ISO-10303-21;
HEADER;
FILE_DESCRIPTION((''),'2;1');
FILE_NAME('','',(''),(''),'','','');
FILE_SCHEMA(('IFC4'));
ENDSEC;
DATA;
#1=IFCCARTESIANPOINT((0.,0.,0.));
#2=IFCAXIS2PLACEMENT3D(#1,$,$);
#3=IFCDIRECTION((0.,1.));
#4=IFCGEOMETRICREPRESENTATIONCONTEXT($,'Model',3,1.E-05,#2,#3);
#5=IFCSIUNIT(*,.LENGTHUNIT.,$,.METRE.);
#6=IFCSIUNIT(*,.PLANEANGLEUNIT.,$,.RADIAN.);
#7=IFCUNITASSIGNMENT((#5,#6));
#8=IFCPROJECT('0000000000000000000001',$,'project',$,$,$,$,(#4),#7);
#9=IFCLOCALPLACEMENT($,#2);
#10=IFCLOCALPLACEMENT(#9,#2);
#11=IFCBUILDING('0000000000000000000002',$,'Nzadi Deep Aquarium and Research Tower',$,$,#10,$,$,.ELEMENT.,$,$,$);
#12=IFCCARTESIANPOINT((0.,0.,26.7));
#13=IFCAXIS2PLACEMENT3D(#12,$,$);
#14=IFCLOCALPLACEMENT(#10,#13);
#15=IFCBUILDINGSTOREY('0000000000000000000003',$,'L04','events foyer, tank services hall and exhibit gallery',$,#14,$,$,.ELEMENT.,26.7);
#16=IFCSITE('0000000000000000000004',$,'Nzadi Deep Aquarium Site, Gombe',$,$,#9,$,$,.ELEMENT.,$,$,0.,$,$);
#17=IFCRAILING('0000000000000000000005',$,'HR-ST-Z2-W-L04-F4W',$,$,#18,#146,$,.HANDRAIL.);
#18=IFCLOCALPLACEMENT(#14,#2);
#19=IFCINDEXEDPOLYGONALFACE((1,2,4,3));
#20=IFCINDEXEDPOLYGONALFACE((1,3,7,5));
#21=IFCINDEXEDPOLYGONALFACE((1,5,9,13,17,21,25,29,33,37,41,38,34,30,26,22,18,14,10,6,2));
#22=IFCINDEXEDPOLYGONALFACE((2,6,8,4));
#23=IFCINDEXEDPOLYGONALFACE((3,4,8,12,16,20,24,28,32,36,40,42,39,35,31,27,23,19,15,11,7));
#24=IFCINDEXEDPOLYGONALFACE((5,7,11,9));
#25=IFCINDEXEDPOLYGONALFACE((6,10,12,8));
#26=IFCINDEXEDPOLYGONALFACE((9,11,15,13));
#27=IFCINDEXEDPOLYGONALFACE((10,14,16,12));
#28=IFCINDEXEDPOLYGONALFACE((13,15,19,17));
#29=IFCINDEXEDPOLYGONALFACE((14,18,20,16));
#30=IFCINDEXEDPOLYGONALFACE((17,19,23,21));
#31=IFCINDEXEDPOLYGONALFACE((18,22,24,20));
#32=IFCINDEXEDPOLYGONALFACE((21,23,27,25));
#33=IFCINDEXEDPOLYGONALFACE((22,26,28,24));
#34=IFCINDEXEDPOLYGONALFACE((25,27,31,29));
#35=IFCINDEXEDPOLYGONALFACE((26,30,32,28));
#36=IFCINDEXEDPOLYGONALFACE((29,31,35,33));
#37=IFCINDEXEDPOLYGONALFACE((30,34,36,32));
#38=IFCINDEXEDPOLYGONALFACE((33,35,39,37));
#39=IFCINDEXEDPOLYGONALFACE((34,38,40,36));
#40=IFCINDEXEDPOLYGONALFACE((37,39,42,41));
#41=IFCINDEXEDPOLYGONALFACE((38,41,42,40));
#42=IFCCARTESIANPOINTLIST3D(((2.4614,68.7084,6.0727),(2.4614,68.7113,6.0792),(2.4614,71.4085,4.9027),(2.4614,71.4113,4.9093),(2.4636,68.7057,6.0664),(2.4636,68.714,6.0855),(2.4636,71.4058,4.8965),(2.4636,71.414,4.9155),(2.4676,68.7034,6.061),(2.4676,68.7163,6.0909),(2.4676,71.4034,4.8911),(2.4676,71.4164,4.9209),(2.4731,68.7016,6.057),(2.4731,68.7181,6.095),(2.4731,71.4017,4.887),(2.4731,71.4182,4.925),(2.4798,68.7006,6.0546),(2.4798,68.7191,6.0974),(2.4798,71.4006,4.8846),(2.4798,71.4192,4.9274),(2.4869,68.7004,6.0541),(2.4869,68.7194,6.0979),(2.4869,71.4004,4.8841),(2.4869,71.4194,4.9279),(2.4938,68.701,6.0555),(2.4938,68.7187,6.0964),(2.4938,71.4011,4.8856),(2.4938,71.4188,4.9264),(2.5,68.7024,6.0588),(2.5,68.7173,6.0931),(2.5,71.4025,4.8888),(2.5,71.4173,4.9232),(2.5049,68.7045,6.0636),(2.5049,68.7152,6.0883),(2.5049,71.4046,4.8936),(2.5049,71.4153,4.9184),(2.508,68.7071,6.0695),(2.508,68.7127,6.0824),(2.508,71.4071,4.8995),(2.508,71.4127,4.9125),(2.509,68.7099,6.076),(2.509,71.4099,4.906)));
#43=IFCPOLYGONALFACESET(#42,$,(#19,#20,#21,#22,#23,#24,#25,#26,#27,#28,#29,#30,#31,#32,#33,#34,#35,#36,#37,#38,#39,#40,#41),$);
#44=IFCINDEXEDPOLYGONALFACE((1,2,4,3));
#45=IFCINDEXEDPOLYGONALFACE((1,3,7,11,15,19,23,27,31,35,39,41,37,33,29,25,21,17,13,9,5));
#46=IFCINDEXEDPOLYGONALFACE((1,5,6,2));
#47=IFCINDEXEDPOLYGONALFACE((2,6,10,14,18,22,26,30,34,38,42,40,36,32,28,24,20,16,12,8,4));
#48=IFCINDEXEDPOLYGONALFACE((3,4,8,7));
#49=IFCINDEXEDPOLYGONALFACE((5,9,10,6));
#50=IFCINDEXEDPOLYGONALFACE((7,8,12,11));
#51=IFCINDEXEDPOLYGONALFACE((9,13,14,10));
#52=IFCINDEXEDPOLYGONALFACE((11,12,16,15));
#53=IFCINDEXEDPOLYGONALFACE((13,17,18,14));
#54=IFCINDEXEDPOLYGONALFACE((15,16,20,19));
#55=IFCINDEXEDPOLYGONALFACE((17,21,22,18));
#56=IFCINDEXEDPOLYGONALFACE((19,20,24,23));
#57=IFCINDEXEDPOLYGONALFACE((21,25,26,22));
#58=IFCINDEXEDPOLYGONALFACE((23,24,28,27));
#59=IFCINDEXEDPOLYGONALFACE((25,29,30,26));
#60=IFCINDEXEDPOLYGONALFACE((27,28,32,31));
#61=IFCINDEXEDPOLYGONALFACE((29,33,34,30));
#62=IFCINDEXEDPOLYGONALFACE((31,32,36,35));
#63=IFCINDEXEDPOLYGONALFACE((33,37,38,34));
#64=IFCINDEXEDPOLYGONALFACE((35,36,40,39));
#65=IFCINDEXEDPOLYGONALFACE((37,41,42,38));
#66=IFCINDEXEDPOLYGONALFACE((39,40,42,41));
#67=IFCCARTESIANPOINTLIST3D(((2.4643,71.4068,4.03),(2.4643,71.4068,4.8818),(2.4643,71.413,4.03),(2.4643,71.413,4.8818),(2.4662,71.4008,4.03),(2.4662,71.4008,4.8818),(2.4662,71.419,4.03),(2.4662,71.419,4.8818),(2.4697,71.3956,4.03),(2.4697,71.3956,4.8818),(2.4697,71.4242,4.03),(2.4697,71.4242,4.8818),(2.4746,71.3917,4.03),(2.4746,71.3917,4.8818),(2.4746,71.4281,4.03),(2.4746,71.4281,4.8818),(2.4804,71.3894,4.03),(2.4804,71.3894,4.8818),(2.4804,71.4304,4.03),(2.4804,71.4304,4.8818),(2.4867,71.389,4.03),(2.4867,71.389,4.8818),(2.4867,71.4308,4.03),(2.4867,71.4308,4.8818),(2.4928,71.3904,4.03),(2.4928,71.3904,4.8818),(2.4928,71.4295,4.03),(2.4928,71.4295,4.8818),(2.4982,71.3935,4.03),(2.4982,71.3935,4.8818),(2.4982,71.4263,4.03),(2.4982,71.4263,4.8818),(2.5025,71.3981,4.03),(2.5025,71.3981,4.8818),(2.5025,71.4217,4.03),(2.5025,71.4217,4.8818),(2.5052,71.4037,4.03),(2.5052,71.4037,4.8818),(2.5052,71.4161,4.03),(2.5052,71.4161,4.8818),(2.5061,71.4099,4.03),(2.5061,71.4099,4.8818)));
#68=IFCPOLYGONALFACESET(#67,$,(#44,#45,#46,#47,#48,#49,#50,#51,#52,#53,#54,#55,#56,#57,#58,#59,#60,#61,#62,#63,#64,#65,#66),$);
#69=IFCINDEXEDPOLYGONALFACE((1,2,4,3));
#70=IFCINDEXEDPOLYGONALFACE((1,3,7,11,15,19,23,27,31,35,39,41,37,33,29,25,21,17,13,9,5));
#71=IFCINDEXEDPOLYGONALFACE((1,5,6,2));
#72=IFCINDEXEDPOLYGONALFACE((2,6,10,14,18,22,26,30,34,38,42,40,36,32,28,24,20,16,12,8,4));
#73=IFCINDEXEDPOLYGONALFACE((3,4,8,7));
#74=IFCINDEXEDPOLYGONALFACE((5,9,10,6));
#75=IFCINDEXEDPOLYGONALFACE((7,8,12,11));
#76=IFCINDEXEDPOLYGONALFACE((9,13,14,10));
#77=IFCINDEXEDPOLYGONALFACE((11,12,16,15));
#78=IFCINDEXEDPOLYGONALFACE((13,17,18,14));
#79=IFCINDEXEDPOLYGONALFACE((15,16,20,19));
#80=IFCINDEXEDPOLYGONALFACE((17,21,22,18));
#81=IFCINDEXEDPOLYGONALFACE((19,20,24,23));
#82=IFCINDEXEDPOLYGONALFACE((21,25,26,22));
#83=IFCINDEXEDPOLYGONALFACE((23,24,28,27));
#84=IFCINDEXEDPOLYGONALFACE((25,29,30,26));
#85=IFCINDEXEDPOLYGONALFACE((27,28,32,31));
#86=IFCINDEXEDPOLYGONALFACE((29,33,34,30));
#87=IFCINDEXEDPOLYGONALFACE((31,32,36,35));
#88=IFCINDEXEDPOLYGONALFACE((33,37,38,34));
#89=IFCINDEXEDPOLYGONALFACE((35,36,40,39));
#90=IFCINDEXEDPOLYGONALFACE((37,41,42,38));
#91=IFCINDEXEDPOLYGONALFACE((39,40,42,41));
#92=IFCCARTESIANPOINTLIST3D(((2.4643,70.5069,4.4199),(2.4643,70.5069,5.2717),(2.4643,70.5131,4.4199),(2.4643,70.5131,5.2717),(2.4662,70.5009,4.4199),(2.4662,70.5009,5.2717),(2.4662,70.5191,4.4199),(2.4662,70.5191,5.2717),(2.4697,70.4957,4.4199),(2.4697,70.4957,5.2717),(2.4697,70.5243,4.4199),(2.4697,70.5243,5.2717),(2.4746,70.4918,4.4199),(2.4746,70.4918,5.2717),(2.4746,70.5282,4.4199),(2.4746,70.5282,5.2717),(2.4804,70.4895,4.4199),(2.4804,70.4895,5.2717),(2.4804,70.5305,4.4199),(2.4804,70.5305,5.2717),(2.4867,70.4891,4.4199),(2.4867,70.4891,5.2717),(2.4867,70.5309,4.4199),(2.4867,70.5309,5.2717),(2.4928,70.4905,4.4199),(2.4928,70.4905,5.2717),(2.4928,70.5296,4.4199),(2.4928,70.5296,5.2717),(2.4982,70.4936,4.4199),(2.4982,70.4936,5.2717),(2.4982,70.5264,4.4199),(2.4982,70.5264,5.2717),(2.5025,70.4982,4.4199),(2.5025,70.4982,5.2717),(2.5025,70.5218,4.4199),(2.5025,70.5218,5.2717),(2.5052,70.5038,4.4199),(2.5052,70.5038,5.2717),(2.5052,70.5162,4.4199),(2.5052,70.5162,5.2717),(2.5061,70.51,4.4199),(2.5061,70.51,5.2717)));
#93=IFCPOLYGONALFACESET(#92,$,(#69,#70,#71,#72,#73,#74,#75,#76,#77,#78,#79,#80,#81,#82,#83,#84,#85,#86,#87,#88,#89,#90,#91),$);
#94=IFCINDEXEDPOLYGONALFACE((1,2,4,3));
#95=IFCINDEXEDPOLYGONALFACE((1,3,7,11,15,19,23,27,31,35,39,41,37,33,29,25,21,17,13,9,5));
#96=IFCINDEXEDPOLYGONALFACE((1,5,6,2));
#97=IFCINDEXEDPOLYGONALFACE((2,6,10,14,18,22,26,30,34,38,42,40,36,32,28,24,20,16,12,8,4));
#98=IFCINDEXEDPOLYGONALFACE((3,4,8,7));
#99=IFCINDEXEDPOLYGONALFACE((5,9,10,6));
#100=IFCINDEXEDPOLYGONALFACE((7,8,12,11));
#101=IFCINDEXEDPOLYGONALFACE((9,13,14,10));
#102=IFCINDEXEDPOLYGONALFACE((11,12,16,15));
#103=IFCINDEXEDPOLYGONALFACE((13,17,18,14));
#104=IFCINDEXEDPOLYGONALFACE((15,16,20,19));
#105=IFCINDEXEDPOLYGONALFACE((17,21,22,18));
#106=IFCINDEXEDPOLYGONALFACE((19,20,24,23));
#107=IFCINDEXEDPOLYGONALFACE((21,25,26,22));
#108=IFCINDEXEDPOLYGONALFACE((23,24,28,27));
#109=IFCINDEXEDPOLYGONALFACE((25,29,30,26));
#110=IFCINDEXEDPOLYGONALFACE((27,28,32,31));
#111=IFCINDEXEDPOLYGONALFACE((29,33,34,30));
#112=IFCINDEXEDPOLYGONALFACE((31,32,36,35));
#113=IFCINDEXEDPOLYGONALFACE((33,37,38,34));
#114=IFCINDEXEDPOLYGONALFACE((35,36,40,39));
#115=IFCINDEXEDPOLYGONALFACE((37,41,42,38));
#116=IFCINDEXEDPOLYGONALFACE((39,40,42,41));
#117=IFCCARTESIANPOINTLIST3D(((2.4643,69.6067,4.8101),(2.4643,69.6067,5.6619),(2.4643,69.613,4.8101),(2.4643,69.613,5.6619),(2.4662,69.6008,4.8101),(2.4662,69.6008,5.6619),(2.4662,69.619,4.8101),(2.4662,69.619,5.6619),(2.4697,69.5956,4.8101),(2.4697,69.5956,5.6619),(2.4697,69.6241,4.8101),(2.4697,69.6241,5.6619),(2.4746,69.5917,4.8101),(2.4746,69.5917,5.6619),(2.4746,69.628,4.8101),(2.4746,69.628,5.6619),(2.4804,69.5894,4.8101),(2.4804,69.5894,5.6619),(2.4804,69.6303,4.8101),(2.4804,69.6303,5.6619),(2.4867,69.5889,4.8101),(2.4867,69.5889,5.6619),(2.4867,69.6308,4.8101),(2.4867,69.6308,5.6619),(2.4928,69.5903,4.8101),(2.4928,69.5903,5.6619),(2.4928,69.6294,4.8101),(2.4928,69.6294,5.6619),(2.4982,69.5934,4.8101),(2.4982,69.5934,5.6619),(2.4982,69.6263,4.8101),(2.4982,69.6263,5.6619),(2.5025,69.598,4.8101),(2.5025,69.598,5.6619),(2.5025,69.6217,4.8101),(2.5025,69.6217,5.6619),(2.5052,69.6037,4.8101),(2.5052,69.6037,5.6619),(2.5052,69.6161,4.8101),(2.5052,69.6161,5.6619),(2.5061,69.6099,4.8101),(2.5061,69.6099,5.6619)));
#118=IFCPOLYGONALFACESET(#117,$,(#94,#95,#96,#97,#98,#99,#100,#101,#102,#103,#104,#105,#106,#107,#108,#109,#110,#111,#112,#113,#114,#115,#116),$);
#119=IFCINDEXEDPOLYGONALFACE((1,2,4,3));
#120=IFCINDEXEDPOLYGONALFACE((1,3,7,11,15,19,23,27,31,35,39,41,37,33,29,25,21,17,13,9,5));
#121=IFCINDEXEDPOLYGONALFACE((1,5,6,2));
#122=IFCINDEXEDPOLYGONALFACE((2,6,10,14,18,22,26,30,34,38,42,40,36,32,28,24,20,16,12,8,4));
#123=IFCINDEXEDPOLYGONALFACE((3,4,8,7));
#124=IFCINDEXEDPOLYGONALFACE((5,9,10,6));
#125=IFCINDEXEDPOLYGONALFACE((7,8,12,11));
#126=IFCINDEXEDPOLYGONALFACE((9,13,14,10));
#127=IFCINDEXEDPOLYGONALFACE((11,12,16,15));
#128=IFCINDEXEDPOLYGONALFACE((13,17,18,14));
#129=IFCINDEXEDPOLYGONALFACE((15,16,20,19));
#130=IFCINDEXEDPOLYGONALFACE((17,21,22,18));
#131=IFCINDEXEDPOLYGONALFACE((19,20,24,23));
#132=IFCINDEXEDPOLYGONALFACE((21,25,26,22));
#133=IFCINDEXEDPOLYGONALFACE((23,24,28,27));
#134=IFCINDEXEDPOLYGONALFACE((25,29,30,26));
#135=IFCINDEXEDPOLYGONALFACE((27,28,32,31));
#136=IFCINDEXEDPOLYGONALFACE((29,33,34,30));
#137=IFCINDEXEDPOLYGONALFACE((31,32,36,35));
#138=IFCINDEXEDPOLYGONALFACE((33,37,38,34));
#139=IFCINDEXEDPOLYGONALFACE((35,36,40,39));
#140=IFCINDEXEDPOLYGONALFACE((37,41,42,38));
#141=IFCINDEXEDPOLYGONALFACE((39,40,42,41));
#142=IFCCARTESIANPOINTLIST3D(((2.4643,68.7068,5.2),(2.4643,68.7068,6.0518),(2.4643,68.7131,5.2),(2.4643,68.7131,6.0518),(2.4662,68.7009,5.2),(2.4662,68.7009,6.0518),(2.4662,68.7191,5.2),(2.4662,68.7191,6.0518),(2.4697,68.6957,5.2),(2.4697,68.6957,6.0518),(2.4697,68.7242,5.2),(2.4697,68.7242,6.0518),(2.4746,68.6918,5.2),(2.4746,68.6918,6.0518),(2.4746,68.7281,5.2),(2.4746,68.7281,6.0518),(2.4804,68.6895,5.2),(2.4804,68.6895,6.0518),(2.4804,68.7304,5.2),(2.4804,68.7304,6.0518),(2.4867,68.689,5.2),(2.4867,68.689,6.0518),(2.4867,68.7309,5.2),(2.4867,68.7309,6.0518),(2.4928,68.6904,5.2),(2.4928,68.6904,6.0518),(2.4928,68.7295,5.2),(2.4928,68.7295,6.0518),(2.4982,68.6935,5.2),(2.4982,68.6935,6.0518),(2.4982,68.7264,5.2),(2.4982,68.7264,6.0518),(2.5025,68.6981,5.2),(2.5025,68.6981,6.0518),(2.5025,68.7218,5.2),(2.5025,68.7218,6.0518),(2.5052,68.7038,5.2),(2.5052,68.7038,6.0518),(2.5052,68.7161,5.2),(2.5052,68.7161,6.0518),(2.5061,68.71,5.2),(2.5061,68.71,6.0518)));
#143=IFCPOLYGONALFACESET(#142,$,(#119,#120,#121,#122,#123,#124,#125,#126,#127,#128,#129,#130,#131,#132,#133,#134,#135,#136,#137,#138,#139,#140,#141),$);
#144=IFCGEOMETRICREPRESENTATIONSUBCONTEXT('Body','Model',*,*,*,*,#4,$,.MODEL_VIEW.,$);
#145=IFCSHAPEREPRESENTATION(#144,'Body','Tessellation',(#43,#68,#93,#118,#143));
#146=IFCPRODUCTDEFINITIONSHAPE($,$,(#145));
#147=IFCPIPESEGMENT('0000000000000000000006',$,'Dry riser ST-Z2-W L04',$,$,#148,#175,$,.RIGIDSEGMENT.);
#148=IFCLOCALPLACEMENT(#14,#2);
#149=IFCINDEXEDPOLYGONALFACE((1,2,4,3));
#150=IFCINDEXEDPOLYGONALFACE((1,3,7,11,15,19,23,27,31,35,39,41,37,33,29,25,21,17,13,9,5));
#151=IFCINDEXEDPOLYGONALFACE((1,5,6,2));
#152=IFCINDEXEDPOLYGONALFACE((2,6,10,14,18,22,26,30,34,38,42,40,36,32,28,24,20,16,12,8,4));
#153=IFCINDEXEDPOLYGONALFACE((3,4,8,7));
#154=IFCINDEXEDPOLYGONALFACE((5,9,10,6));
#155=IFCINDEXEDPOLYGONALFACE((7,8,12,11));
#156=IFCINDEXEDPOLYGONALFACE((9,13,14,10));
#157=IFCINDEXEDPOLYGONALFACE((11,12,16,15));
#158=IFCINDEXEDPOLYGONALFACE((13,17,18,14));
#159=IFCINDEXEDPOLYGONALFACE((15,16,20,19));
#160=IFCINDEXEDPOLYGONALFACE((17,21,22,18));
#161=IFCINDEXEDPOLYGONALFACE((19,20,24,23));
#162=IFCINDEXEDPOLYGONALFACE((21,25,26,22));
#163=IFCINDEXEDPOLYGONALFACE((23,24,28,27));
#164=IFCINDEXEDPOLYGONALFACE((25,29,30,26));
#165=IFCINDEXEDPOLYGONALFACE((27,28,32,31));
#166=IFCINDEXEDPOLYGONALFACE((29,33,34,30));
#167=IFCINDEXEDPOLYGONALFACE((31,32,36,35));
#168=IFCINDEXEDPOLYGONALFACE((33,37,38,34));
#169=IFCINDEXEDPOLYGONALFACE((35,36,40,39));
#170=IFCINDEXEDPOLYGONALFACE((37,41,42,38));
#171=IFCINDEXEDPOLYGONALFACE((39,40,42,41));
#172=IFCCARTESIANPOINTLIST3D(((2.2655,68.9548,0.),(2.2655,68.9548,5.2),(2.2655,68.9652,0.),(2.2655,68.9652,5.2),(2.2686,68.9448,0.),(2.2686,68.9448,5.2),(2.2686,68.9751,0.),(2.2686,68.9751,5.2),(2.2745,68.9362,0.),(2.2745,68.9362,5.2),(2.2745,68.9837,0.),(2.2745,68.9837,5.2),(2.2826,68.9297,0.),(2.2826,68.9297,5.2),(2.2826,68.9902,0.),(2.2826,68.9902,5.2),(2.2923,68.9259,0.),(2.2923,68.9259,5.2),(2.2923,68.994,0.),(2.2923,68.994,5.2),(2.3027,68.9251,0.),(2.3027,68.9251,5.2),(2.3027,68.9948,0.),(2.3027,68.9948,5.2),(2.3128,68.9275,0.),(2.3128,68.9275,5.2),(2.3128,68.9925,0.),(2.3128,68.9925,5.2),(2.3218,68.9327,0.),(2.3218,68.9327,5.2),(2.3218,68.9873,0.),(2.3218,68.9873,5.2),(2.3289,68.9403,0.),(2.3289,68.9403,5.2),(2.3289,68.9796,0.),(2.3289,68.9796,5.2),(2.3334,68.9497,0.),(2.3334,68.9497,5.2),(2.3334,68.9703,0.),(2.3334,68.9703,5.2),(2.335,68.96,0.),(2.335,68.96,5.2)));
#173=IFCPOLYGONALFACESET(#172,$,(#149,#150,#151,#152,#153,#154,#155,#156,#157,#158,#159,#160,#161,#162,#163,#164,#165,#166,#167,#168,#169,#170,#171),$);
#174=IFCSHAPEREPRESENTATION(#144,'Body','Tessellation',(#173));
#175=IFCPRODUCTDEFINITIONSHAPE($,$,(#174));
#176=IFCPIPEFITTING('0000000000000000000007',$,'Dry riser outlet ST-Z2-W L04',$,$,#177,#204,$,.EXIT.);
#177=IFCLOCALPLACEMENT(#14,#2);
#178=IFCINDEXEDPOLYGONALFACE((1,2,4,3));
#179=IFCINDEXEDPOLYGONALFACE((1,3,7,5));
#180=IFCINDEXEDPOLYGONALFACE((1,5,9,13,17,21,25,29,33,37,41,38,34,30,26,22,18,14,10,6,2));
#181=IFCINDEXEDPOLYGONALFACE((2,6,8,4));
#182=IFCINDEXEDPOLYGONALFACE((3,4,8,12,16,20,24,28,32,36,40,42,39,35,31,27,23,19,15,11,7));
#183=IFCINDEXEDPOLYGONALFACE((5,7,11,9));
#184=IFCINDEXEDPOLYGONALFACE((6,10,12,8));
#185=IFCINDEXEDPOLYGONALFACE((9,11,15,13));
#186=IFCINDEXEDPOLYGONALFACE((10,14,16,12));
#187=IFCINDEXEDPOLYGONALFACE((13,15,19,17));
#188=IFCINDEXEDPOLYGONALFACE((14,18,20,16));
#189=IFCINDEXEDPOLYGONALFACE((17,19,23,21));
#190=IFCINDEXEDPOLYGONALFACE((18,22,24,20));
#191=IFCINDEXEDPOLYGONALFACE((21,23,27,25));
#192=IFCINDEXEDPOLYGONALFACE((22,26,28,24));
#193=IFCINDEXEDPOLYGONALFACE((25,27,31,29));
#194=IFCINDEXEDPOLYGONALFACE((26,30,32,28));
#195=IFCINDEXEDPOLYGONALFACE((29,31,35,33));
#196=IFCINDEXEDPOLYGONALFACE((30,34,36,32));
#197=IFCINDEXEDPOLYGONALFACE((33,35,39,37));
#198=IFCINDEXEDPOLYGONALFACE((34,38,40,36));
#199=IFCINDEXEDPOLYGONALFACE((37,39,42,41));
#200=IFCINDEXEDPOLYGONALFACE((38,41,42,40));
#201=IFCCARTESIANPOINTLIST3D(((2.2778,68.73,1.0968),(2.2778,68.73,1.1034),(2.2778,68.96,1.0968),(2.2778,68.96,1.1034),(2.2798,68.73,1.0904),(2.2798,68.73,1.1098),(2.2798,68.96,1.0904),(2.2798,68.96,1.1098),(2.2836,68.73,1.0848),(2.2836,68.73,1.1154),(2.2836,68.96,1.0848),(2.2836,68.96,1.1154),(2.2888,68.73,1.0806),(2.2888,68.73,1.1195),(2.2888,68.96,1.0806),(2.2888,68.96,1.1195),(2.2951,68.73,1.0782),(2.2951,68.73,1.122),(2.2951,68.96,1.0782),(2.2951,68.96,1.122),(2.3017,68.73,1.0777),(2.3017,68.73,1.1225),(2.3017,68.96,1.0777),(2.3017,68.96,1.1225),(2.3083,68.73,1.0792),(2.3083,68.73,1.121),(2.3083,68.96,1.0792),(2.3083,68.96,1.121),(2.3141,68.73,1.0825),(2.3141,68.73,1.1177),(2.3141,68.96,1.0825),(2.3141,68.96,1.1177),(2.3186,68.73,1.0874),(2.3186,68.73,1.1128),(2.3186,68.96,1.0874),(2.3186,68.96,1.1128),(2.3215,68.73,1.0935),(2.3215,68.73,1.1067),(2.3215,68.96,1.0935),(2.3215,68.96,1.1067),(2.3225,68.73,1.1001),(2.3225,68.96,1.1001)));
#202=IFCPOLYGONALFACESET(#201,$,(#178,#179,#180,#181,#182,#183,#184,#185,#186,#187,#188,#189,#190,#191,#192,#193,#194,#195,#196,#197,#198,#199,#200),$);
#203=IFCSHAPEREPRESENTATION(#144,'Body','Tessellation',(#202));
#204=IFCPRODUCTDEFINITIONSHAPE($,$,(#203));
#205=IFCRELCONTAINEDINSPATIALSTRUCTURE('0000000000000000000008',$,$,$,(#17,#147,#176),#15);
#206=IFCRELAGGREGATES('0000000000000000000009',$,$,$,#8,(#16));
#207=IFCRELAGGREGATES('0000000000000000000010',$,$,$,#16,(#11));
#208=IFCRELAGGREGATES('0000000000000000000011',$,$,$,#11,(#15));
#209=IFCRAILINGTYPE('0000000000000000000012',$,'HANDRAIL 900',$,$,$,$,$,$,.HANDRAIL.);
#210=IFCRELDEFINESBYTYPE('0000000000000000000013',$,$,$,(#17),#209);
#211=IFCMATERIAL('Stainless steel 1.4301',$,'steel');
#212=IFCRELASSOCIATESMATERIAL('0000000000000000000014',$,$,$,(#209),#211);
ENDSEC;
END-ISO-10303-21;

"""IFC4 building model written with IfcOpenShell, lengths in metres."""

from ifc_helpers import new_model, si_unit, direction, frame, origin, origin_2d, place, context, subcontext, project, spatial, circle, extrude, material, type_object, element, save


model = new_model("IFC4")

# Units and contexts
model_context = context("Model", 3, precision=1e-05, world=origin(), true_north=direction((0.0, 1.0)))
body_context = subcontext(model_context, "Body", "Model", "MODEL_VIEW")
ifc_project = project(units=[si_unit("LENGTHUNIT", "METRE"), si_unit("PLANEANGLEUNIT", "RADIAN")], contexts=[model_context])

# Site, building, storey
site_placement = place(None, origin())
site = spatial("IfcSite", under=ifc_project, at=site_placement, Name="Nzadi Deep Aquarium Site, Gombe", CompositionType="ELEMENT", RefElevation=0.0)
building_placement = place(site_placement, origin())
building = spatial("IfcBuilding", under=site, at=building_placement, Name="Nzadi Deep Aquarium and Research Tower", CompositionType="ELEMENT")
storey_placement = place(building_placement, frame((0.0, 0.0, 26.7)))
storey = spatial("IfcBuildingStorey", under=building, at=storey_placement, Name="L04", Description="events foyer, tank services hall and exhibit gallery", CompositionType="ELEMENT", Elevation=26.7)

# Railing
ifc_material_1 = material(Name="Stainless steel 1.4301", Category="steel")
railing_type_1 = type_object("IfcRailingType", Name="HANDRAIL 900", PredefinedType="HANDRAIL", material=ifc_material_1)
for number, where, name in (
    (1, (2.4851, 71.4099, 4.03), "HR-ST-Z2-W-L04-F4W"),
):
    element("IfcRailing", number, at=place(storey_placement, frame(where)), inside=storey, type_object=railing_type_1, Name=name, PredefinedType="HANDRAIL", context=body_context, shape_type="SweptSolid", body=[
        extrude(circle(Radius=0.0239, at=origin_2d()), frame((0.0, 0.0, 0.876), z_axis=(0.0, -0.917563, 0.397591), x_axis=(1.0, 0.0, 0.0)), (0.0, 0.0, 1.0), 2.9426),
        extrude(circle(Radius=0.021, at=origin_2d()), origin(), (0.0, 0.0, 1.0), 0.8518),
        extrude(circle(Radius=0.021, at=origin_2d()), frame((0.0, -0.8999, 0.3899)), (0.0, 0.0, 1.0), 0.8518),
        extrude(circle(Radius=0.021, at=origin_2d()), frame((0.0, -1.8, 0.78)), (0.0, 0.0, 1.0), 0.8518),
        extrude(circle(Radius=0.021, at=origin_2d()), frame((0.0, -2.7, 1.1699)), (0.0, 0.0, 1.0), 0.8518),
    ])

# Pipe segment
pipe_segment_placement = place(storey_placement, frame((2.3, 68.96, 0.0), z_axis=(0.0, 0.0, 1.0), x_axis=(1.0, 0.0, 0.0)))
element("IfcPipeSegment", 2, at=pipe_segment_placement, inside=storey, Name="Dry riser ST-Z2-W L04", PredefinedType="RIGIDSEGMENT", context=body_context, shape_type="SweptSolid", body=[
    extrude(circle(Radius=0.0349, at=origin_2d()), origin(), (0.0, 0.0, 1.0), 5.2),
])

# Pipe fitting
pipe_fitting_placement = place(storey_placement, frame((2.3, 68.96, 1.1001), z_axis=(0.0, -1.0, 0.0), x_axis=(1.0, 0.0, 0.0)))
element("IfcPipeFitting", 3, at=pipe_fitting_placement, inside=storey, Name="Dry riser outlet ST-Z2-W L04", PredefinedType="EXIT", context=body_context, shape_type="SweptSolid", body=[
    extrude(circle(Radius=0.0225, at=origin_2d()), origin(), (0.0, 0.0, 1.0), 0.23),
])

save(model, "model.ifc")
